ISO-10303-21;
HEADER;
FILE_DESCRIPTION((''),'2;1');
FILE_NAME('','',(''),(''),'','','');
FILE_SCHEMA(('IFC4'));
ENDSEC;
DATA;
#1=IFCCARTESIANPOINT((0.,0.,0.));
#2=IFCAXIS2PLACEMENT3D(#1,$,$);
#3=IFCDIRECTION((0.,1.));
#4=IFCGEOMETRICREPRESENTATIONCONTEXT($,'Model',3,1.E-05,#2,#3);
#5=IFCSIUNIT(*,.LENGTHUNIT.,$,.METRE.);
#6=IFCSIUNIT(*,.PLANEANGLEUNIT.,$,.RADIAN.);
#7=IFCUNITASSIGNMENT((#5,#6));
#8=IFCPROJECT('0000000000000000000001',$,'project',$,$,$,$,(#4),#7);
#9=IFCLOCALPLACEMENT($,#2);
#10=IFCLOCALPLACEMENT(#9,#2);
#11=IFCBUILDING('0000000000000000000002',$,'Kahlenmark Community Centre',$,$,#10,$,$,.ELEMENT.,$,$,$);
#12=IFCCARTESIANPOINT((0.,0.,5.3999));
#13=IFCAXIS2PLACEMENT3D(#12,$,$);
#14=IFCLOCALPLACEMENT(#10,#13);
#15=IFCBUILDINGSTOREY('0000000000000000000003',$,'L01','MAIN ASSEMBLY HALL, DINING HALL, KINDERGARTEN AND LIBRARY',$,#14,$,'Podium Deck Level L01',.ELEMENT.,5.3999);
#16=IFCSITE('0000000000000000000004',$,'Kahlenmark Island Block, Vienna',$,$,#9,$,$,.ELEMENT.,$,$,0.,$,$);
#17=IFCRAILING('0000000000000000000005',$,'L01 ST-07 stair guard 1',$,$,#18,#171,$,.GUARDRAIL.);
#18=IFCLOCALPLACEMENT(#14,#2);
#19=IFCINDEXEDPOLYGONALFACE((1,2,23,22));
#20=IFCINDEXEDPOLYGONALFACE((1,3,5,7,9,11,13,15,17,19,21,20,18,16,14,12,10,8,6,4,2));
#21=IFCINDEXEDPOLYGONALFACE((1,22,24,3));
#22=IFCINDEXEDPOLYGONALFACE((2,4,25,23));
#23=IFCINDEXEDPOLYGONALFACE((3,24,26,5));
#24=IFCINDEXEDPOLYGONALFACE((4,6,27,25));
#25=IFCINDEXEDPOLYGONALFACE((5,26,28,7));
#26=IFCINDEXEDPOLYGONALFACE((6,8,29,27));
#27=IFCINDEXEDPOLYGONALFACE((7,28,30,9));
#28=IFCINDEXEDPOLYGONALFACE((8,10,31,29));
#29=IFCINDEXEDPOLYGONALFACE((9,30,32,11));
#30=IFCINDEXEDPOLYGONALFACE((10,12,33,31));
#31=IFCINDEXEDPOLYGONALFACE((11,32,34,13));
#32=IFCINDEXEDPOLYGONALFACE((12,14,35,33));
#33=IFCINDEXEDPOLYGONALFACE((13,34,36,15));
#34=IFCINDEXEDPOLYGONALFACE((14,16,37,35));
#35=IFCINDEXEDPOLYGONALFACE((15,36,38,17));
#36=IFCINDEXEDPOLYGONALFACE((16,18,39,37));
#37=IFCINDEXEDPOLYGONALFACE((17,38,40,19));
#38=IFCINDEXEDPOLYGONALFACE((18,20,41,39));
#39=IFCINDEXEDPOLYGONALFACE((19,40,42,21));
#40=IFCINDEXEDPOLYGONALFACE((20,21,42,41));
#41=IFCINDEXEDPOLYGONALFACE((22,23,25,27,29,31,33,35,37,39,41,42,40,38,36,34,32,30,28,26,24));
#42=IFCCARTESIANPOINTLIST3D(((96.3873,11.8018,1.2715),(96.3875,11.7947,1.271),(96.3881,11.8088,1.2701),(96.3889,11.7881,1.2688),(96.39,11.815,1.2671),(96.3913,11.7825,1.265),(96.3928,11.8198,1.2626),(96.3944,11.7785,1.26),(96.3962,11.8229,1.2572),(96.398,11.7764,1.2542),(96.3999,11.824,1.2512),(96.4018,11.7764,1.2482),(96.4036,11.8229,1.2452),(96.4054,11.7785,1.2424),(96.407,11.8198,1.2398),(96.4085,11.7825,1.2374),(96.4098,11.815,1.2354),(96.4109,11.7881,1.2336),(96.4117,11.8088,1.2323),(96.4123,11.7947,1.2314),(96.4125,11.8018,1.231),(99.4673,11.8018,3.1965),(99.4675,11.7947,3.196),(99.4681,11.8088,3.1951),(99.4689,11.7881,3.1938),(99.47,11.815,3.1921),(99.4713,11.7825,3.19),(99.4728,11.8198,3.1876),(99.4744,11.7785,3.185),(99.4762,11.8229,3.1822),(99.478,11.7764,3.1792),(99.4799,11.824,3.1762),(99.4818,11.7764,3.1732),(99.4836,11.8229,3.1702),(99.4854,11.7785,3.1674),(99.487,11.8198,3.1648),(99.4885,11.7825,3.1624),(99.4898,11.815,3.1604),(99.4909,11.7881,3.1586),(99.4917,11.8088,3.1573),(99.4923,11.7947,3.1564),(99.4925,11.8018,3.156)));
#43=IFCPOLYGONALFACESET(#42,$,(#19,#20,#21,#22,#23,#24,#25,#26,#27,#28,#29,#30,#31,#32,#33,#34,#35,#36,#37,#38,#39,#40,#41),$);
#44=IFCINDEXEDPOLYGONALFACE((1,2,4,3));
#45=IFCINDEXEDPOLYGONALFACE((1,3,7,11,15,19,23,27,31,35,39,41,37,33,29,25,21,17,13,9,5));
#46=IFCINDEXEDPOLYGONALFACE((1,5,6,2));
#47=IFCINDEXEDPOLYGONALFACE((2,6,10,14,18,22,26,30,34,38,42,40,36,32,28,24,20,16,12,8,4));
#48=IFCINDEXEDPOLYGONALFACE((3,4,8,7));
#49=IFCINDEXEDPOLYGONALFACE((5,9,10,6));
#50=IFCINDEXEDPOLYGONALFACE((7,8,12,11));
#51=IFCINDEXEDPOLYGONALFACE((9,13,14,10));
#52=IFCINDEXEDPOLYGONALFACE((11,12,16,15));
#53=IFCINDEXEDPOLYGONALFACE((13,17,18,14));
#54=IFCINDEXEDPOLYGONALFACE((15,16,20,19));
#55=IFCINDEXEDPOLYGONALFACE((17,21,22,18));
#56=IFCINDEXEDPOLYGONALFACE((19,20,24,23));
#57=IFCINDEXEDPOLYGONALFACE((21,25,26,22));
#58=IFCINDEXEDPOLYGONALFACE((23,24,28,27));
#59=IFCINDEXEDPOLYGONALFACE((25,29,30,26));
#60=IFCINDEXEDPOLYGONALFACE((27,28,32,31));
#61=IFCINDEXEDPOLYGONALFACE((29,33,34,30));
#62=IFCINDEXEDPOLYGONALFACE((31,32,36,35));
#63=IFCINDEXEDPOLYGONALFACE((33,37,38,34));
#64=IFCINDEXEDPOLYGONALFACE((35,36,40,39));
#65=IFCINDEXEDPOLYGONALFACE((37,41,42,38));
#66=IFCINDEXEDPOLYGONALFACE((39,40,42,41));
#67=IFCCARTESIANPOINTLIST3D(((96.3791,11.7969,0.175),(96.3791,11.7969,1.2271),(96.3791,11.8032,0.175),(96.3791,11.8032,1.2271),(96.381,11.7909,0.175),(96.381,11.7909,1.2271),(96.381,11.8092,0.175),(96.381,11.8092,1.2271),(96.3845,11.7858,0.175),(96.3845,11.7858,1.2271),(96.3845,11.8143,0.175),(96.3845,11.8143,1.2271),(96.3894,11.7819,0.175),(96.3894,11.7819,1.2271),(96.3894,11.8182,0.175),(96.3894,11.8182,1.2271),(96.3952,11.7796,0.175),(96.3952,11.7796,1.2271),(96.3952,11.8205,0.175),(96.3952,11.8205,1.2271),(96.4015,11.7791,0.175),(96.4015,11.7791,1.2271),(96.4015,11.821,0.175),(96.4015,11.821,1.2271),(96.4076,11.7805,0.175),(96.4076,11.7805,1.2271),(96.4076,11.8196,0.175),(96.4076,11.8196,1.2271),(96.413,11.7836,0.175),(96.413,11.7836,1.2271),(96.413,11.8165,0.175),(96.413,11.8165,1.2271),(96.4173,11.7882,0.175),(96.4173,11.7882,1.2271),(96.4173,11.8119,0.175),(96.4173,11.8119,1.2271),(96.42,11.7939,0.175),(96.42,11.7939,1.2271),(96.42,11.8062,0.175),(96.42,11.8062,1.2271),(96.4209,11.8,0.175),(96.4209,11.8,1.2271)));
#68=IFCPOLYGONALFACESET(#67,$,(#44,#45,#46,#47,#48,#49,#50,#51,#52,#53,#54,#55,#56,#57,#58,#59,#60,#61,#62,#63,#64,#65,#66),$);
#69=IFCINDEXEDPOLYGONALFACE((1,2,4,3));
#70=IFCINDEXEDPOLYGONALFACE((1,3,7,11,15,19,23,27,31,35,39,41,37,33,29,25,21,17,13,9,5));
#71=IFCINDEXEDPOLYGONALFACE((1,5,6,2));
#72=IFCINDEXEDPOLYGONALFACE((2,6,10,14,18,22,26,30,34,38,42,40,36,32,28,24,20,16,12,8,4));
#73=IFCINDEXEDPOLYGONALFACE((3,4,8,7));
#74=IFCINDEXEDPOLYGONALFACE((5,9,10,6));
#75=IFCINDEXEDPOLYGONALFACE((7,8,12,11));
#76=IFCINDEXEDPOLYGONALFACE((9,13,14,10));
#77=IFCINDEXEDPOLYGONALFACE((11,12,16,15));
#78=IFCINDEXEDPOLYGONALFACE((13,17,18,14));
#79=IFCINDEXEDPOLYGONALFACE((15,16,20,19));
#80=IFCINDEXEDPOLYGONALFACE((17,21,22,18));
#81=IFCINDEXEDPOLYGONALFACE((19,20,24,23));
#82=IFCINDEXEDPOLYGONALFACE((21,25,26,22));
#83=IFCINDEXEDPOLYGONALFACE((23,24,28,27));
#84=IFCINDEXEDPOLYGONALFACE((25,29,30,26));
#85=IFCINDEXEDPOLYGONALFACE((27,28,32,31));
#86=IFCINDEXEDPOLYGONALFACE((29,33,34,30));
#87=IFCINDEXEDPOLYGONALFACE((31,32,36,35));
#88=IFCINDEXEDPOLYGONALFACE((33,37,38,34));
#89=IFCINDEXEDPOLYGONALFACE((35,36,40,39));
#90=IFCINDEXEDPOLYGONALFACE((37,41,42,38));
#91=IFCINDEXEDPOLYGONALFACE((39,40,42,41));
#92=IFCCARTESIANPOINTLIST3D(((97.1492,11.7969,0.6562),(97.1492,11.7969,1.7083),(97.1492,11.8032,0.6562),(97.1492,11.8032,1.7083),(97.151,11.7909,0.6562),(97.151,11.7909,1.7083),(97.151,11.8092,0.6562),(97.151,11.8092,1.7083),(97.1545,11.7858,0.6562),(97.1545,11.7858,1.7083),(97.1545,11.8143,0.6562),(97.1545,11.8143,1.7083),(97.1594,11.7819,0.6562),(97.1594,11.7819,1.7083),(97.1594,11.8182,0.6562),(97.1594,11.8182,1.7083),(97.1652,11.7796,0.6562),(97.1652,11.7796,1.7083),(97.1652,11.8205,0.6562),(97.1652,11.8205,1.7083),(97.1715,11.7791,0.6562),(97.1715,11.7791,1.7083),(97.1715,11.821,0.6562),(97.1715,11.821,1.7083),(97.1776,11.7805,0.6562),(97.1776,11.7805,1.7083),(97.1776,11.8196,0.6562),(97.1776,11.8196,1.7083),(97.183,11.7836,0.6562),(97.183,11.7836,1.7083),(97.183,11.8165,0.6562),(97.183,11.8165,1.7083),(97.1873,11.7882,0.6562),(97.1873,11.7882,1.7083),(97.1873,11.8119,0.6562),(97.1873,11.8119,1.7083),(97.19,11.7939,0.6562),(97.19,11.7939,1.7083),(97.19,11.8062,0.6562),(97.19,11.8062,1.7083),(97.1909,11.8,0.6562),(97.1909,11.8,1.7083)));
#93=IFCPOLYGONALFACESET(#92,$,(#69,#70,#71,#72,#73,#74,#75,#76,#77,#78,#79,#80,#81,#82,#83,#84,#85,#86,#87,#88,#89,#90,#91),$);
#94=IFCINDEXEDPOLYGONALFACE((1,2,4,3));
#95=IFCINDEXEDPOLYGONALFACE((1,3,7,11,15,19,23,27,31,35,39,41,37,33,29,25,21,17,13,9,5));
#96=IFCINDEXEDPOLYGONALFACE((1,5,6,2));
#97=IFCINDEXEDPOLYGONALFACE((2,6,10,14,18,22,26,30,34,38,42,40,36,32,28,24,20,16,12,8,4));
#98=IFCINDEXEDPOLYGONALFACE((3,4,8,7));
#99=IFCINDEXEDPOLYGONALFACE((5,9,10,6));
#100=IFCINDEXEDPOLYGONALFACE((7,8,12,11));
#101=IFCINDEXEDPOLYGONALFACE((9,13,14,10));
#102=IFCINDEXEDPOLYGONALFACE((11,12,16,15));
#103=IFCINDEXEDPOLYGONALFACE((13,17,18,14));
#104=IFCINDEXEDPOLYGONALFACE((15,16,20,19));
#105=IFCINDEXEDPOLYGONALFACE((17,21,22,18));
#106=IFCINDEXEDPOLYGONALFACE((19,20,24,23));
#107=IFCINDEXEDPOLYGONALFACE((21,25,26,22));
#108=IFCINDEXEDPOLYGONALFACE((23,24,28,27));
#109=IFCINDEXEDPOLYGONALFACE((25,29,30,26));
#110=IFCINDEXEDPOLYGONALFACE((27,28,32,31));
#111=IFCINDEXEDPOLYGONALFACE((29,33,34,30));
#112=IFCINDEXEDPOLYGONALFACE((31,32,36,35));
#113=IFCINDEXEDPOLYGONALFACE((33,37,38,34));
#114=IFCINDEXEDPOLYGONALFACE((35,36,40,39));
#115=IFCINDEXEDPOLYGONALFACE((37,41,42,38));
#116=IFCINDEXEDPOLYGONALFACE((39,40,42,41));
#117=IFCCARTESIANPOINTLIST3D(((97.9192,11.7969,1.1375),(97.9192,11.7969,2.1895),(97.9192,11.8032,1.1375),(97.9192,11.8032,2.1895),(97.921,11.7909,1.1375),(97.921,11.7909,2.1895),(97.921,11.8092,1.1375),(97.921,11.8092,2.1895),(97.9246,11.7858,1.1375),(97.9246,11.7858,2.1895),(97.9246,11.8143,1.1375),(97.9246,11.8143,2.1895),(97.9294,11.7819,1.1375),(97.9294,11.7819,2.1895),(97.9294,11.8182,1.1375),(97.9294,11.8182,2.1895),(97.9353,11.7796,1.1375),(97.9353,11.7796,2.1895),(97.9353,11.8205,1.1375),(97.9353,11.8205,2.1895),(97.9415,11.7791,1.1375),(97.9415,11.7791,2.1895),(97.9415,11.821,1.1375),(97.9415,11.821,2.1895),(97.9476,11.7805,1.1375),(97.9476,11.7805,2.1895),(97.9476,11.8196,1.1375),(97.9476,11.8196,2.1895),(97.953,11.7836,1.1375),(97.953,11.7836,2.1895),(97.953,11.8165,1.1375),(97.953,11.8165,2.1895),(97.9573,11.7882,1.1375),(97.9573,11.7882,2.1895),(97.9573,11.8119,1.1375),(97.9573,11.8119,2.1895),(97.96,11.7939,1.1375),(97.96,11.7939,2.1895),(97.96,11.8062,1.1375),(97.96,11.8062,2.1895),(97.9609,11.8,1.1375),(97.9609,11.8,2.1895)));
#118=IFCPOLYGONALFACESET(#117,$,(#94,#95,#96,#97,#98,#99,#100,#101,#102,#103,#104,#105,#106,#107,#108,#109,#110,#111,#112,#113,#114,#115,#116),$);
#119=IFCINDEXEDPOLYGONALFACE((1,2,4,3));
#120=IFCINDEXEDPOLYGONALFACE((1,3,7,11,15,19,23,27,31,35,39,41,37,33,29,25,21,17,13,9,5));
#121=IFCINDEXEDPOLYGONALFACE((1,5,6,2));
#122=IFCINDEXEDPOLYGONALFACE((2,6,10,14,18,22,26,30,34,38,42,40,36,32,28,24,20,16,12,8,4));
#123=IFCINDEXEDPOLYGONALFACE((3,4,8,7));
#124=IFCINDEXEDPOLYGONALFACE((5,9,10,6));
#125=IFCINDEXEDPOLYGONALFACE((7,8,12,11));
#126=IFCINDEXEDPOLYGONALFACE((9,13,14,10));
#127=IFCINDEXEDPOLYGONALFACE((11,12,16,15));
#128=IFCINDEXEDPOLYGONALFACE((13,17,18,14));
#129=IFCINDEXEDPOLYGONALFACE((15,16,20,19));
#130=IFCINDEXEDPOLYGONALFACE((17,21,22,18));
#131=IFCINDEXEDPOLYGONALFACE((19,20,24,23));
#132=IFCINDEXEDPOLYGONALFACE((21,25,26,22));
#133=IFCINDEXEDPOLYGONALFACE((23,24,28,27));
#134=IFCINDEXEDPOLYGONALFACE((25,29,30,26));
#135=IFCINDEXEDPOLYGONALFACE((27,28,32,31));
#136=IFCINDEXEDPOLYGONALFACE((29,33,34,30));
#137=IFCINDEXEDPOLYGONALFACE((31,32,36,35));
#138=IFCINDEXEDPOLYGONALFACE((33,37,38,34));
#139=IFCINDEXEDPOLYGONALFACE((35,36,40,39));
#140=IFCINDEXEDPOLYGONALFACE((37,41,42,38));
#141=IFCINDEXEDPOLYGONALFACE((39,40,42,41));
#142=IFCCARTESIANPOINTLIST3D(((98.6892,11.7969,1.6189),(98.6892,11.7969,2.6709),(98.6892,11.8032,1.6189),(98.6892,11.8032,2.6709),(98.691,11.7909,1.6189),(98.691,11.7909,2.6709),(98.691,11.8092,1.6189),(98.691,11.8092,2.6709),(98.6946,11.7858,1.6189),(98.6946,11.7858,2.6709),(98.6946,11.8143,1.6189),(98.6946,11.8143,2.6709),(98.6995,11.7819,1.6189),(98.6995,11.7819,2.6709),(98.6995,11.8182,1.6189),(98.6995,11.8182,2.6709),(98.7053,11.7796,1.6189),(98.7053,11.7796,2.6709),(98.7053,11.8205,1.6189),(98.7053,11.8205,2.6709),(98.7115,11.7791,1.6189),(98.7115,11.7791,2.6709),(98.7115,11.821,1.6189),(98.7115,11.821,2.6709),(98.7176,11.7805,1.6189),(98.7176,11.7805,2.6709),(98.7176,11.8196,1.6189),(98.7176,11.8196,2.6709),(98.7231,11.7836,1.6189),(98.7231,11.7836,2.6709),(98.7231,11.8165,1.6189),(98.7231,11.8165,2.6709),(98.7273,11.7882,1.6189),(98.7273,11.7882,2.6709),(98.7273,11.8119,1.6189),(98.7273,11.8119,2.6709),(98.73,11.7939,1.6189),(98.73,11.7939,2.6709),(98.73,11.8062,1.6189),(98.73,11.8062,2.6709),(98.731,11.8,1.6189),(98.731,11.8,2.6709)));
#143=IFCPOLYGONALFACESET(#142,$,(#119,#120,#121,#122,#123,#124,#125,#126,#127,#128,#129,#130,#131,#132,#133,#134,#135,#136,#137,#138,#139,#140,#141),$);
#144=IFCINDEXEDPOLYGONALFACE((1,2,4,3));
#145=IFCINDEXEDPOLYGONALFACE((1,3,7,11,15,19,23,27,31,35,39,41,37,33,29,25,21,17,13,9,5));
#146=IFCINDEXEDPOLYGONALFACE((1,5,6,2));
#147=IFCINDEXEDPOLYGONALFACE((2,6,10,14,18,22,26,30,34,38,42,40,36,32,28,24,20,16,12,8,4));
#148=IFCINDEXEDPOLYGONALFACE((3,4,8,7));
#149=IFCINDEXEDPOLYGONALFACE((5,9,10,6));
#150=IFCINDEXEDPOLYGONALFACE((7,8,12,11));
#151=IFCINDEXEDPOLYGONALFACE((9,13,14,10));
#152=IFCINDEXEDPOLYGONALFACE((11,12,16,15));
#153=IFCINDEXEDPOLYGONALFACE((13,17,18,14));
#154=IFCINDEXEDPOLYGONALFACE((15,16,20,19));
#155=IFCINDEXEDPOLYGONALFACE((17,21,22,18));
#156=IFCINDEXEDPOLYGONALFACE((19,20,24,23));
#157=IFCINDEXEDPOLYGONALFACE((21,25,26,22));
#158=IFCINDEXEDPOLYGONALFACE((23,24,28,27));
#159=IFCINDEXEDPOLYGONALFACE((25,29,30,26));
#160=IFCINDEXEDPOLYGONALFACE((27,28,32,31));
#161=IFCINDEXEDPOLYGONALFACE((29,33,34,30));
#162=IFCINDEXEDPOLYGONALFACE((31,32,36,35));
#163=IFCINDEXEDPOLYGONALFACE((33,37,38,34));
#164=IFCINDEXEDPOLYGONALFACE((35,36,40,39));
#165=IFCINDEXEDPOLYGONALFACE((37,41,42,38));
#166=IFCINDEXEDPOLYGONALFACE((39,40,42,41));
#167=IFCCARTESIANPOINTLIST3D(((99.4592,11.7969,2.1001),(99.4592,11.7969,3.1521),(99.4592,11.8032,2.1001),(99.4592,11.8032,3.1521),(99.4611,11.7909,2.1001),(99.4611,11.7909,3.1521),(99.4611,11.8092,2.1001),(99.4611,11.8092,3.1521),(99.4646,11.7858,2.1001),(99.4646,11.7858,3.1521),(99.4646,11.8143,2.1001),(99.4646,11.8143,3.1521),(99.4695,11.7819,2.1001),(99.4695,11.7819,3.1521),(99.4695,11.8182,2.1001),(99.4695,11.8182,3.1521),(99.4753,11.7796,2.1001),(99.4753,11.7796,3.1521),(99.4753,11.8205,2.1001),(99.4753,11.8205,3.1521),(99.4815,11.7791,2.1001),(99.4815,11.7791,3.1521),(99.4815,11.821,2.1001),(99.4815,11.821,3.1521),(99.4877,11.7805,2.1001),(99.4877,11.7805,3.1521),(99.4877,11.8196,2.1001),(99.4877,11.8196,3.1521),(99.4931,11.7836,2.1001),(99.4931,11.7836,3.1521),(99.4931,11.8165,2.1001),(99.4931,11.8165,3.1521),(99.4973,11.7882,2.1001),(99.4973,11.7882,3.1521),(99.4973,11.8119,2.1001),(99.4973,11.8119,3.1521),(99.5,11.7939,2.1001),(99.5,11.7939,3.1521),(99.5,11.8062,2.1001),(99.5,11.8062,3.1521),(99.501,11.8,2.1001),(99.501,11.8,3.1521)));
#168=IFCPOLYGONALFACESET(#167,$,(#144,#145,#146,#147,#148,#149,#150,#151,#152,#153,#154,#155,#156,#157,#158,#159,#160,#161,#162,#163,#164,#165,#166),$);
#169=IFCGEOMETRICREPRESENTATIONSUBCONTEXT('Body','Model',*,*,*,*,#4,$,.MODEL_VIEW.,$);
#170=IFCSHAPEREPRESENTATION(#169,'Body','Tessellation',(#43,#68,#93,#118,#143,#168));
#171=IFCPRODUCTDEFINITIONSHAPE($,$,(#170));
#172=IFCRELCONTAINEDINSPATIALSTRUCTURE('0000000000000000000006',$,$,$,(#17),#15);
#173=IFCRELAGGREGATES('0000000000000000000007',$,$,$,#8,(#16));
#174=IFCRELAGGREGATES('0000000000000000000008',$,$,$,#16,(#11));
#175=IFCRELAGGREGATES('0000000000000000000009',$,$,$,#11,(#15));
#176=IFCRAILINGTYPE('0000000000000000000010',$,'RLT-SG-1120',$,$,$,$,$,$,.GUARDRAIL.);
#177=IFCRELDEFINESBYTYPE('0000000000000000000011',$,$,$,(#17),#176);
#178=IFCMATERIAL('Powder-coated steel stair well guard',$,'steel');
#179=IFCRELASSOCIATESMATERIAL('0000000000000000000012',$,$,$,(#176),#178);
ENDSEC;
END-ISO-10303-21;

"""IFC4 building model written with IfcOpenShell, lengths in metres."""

from ifc_helpers import new_model, si_unit, direction, frame, origin, origin_2d, place, context, subcontext, project, spatial, circle, extrude, material, type_object, element, save


model = new_model("IFC4")

# Units and contexts
model_context = context("Model", 3, precision=1e-05, world=origin(), true_north=direction((0.0, 1.0)))
body_context = subcontext(model_context, "Body", "Model", "MODEL_VIEW")
ifc_project = project(units=[si_unit("LENGTHUNIT", "METRE"), si_unit("PLANEANGLEUNIT", "RADIAN")], contexts=[model_context])

# Site, building, storey
site_placement = place(None, origin())
site = spatial("IfcSite", under=ifc_project, at=site_placement, Name="Kahlenmark Island Block, Vienna", CompositionType="ELEMENT", RefElevation=0.0)
building_placement = place(site_placement, origin())
building = spatial("IfcBuilding", under=site, at=building_placement, Name="Kahlenmark Community Centre", CompositionType="ELEMENT")
storey_placement = place(building_placement, frame((0.0, 0.0, 5.3999)))
storey = spatial("IfcBuildingStorey", under=building, at=storey_placement, Name="L01", Description="MAIN ASSEMBLY HALL, DINING HALL, KINDERGARTEN AND LIBRARY", LongName="Podium Deck Level L01", CompositionType="ELEMENT", Elevation=5.3999)

# Railing
ifc_material_1 = material(Name="Powder-coated steel stair well guard", Category="steel")
railing_type_1 = type_object("IfcRailingType", Name="RLT-SG-1120", PredefinedType="GUARDRAIL", material=ifc_material_1)
railing_1_placement = place(storey_placement, frame((96.3999, 11.8, 0.175)))
element("IfcRailing", 1, at=railing_1_placement, inside=storey, type_object=railing_type_1, Name="L01 ST-07 stair guard 1", PredefinedType="GUARDRAIL", context=body_context, shape_type="SweptSolid", body=[
    extrude(circle(Radius=0.0239, at=origin_2d()), frame((0.0, 0.0, 1.0762), z_axis=(0.847998, 0.0, 0.529999), x_axis=(0.0, 1.0, 0.0)), (0.0, 0.0, 1.0), 3.6321),
    extrude(circle(Radius=0.021, at=origin_2d()), origin(), (0.0, 0.0, 1.0), 1.052),
    extrude(circle(Radius=0.021, at=origin_2d()), frame((0.77, 0.0, 0.4812)), (0.0, 0.0, 1.0), 1.052),
    extrude(circle(Radius=0.021, at=origin_2d()), frame((1.54, 0.0, 0.9624)), (0.0, 0.0, 1.0), 1.052),
    extrude(circle(Radius=0.021, at=origin_2d()), frame((2.3101, 0.0, 1.4438)), (0.0, 0.0, 1.0), 1.052),
    extrude(circle(Radius=0.021, at=origin_2d()), frame((3.0801, 0.0, 1.925)), (0.0, 0.0, 1.0), 1.052),
])

save(model, "model.ifc")
